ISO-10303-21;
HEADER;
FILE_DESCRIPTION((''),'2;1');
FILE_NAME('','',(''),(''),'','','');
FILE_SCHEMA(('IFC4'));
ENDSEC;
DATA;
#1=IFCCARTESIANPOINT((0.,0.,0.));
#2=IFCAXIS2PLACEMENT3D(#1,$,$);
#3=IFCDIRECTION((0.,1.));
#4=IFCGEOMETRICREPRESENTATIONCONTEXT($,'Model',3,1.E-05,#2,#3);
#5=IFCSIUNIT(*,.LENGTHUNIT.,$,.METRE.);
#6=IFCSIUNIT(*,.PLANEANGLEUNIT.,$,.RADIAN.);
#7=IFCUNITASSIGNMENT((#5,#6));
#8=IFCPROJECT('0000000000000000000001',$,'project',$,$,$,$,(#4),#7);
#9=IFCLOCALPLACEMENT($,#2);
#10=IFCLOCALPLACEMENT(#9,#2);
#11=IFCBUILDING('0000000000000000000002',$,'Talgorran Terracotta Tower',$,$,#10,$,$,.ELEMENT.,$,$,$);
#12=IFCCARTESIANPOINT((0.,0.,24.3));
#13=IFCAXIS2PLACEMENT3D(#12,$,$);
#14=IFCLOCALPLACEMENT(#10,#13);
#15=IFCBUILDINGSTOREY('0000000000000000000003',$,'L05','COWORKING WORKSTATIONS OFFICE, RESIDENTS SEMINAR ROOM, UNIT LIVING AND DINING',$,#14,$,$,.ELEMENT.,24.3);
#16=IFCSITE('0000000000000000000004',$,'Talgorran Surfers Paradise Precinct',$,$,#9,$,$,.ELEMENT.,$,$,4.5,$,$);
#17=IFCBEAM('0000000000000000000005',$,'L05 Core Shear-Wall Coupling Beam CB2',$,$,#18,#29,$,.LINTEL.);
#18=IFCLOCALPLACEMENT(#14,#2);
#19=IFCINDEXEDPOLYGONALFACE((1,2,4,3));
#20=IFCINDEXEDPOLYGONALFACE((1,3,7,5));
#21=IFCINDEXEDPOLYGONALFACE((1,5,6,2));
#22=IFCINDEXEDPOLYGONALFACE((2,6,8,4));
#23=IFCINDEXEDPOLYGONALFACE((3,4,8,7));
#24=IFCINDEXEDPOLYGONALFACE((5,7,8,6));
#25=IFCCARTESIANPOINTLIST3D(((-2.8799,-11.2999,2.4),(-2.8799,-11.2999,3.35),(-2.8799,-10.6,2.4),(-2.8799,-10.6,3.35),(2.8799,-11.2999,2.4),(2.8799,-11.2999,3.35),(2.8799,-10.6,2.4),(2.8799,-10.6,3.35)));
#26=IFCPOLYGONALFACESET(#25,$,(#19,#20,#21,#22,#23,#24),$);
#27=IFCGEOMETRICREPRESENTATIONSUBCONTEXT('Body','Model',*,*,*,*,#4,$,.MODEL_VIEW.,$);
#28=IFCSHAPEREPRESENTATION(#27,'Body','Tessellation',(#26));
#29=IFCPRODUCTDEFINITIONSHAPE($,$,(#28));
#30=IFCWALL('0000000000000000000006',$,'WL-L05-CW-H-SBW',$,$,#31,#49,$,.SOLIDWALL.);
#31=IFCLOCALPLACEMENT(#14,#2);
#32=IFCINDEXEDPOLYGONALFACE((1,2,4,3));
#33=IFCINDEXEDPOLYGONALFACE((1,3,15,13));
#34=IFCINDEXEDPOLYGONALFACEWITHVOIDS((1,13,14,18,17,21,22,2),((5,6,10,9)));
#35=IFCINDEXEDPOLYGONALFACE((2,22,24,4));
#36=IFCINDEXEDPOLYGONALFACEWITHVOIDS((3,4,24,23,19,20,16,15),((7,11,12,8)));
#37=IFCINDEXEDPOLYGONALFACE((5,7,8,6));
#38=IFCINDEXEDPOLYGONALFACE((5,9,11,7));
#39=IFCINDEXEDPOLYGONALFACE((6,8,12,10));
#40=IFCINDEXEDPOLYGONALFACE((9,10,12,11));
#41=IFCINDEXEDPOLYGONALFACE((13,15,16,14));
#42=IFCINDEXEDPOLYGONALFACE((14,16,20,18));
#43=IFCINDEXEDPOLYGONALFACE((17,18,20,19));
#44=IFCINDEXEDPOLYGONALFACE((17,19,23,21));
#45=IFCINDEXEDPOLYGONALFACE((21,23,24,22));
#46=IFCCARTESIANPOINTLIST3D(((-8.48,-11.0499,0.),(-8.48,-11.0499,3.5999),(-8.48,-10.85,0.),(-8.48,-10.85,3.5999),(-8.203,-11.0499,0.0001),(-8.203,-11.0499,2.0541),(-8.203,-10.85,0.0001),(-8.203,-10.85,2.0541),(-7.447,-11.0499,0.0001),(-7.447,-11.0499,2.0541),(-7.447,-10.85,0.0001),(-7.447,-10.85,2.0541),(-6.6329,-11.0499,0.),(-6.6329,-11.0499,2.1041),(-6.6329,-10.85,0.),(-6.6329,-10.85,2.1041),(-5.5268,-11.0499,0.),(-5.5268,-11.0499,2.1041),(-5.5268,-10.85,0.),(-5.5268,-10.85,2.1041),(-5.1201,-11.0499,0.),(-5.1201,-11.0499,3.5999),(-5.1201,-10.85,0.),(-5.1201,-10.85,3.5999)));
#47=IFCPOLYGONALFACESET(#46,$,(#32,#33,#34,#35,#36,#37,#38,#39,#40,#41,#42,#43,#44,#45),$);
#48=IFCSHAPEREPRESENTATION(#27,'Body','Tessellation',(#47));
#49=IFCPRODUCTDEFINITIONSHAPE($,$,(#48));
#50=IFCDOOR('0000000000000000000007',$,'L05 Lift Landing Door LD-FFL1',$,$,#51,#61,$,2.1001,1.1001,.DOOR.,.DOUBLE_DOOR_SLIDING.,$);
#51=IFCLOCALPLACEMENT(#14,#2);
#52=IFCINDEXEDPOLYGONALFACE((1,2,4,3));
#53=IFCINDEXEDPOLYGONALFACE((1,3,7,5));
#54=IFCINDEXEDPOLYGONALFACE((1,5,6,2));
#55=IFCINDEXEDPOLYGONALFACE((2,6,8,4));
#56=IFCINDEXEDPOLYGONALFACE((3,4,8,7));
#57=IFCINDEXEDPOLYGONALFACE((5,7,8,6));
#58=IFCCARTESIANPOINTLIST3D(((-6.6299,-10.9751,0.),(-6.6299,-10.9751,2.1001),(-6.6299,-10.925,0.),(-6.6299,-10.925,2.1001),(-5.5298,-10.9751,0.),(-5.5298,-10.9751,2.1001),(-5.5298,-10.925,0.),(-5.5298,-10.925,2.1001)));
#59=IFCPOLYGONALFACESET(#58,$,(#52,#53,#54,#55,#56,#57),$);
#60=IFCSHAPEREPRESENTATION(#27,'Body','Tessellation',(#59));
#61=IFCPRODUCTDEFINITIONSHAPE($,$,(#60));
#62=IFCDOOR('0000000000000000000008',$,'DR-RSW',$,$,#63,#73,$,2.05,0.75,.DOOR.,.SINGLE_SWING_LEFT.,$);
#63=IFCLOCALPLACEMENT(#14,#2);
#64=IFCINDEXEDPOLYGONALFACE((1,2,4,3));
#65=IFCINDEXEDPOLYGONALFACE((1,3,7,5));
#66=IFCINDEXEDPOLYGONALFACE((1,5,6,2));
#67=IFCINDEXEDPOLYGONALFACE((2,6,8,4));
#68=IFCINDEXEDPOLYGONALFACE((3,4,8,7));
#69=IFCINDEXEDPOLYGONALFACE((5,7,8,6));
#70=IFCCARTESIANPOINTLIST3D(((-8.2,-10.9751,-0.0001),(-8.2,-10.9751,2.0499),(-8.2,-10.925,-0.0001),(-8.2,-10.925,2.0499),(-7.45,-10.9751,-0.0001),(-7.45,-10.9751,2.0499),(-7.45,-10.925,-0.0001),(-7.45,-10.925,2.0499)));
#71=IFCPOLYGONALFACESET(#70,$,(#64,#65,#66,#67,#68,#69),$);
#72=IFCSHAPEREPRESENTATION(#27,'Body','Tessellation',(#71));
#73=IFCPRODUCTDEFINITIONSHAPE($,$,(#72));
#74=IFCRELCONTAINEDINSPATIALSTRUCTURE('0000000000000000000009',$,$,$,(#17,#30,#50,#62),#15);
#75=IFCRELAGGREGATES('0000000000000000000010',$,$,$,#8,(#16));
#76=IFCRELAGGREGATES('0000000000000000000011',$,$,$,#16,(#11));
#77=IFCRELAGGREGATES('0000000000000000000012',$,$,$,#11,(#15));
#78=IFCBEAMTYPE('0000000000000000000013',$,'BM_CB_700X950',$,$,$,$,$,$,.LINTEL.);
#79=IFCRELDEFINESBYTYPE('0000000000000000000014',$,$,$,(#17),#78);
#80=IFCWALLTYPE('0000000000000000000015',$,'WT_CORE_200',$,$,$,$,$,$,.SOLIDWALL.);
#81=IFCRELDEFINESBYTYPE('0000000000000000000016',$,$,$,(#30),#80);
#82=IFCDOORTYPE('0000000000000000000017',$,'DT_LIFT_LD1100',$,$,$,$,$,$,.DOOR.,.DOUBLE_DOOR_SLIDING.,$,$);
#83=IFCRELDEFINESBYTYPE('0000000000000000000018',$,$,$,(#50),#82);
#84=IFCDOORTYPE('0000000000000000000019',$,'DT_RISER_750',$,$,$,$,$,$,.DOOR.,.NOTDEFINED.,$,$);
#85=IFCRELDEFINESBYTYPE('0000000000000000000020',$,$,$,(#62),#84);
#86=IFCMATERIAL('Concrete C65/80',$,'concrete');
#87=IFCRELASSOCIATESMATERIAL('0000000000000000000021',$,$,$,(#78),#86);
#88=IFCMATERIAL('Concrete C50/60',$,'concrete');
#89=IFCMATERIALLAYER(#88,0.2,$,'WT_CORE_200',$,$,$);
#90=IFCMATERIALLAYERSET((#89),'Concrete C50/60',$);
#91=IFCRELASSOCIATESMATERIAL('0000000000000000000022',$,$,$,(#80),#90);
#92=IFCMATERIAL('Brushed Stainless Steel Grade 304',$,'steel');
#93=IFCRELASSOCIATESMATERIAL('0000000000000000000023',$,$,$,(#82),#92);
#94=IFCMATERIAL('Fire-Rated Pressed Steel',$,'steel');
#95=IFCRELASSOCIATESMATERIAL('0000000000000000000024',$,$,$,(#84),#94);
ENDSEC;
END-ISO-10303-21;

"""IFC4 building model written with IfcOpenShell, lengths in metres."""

from ifc_helpers import new_model, si_unit, direction, frame, frame_2d, origin, origin_2d, place, context, subcontext, project, spatial, rectangle, extrude, material, layer, layer_set, material_profile, profile_set, type_object, element, fill, save


model = new_model("IFC4")

# Units and contexts
model_context = context("Model", 3, precision=1e-05, world=origin(), true_north=direction((0.0, 1.0)))
body_context = subcontext(model_context, "Body", "Model", "MODEL_VIEW")
ifc_project = project(units=[si_unit("LENGTHUNIT", "METRE"), si_unit("PLANEANGLEUNIT", "RADIAN")], contexts=[model_context])

# Site, building, storey
site_placement = place(None, origin())
site = spatial("IfcSite", under=ifc_project, at=site_placement, Name="Talgorran Surfers Paradise Precinct", CompositionType="ELEMENT", RefElevation=4.5)
building_placement = place(site_placement, origin())
building = spatial("IfcBuilding", under=site, at=building_placement, Name="Talgorran Terracotta Tower", CompositionType="ELEMENT")
storey_placement = place(building_placement, frame((0.0, 0.0, 24.3)))
storey = spatial("IfcBuildingStorey", under=building, at=storey_placement, Name="L05", Description="COWORKING WORKSTATIONS OFFICE, RESIDENTS SEMINAR ROOM, UNIT LIVING AND DINING", CompositionType="ELEMENT", Elevation=24.3)

# Beam
ifc_material_1 = material(Name="Concrete C65/80", Category="concrete")
ifc_material_profile = material_profile(ifc_material_1, rectangle(XDim=0.7, YDim=0.95, at=origin_2d()), Name="RCCB700X950")
ifc_profile_set = profile_set([ifc_material_profile], Name="Concrete C65/80")
beam_type = type_object("IfcBeamType", Name="BM_CB_700X950", PredefinedType="LINTEL", material=ifc_profile_set)
beam_placement = place(storey_placement, frame((-2.8799, -10.95, 2.875), z_axis=(1.0, 0.0, 0.0), x_axis=(0.0, 1.0, 0.0)))
element("IfcBeam", 1, at=beam_placement, inside=storey, type_object=beam_type, Name="L05 Core Shear-Wall Coupling Beam CB2", PredefinedType="LINTEL", context=body_context, shape_type="SweptSolid", body=[
    extrude(rectangle(XDim=0.7, YDim=0.95, at=origin_2d()), origin(), (0.0, 0.0, 1.0), 5.7598),
])

# Wall, openings, doors
ifc_material_2 = material(Name="Concrete C50/60", Category="concrete")
ifc_layer_1 = layer(ifc_material_2, 0.2, Name="WT_CORE_200")
ifc_layer_set_1 = layer_set([ifc_layer_1], Name="Concrete C50/60")
wall_type_1 = type_object("IfcWallType", Name="WT_CORE_200", PredefinedType="SOLIDWALL", material=ifc_layer_set_1)
wall_1_placement = place(storey_placement, frame((-8.48, -10.95, 0.0), z_axis=(0.0, 0.0, 1.0), x_axis=(1.0, 0.0, 0.0)))
wall_1 = element("IfcWall", 2, at=wall_1_placement, inside=storey, type_object=wall_type_1, Name="WL-L05-CW-H-SBW", PredefinedType="SOLIDWALL", context=body_context, shape_type="SweptSolid", body=[
    extrude(rectangle(XDim=3.3599, YDim=0.2, at=frame_2d((1.6799, 0.0))), origin(), (0.0, 0.0, 1.0), 3.5999),
])
opening_1_placement = place(wall_1_placement, frame((0.28, 0.0, 0.0)))
opening_1 = element("IfcOpeningElement", 3, at=opening_1_placement, cuts=wall_1, PredefinedType="OPENING", context=body_context, shape_type="SweptSolid", body=[
    extrude(rectangle(XDim=0.756, YDim=2.054, at=frame_2d((0.375, 1.0271))), frame((0.0, 0.1099, 0.0), z_axis=(0.0, -1.0, 0.0), x_axis=(1.0, 0.0, 0.0)), (0.0, 0.0, 1.0), 0.22),
])
opening_2_placement = place(wall_1_placement, frame((1.8501, 0.0, 0.0)))
opening_2 = element("IfcOpeningElement", 4, at=opening_2_placement, cuts=wall_1, PredefinedType="OPENING", context=body_context, shape_type="SweptSolid", body=[
    extrude(rectangle(XDim=1.1061, YDim=2.1041, at=frame_2d((0.55, 1.052))), frame((0.0, 0.1099, 0.0), z_axis=(0.0, -1.0, 0.0), x_axis=(1.0, 0.0, 0.0)), (0.0, 0.0, 1.0), 0.22),
])
ifc_material_3 = material(Name="Brushed Stainless Steel Grade 304", Category="steel")
door_type_1 = type_object("IfcDoorType", Name="DT_LIFT_LD1100", OperationType="DOUBLE_DOOR_SLIDING", PredefinedType="DOOR", material=ifc_material_3)
door_1_placement = place(opening_2_placement, origin())
door_1 = element("IfcDoor", 5, at=door_1_placement, inside=storey, type_object=door_type_1, Name="L05 Lift Landing Door LD-FFL1", OperationType="DOUBLE_DOOR_SLIDING", OverallHeight=2.1001, OverallWidth=1.1001, PredefinedType="DOOR", context=body_context, shape_type="SweptSolid", body=[
    extrude(rectangle(XDim=1.1001, YDim=2.1001, at=frame_2d((0.55, 1.05))), frame((0.0, 0.0249, 0.0), z_axis=(0.0, -1.0, 0.0), x_axis=(1.0, 0.0, 0.0)), (0.0, 0.0, 1.0), 0.05),
])
fill(opening_2, door_1)
ifc_material_4 = material(Name="Fire-Rated Pressed Steel", Category="steel")
door_type_2 = type_object("IfcDoorType", Name="DT_RISER_750", OperationType="NOTDEFINED", PredefinedType="DOOR", material=ifc_material_4)
door_2_placement = place(opening_1_placement, origin())
door_2 = element("IfcDoor", 6, at=door_2_placement, inside=storey, type_object=door_type_2, Name="DR-RSW", OperationType="SINGLE_SWING_LEFT", OverallHeight=2.05, OverallWidth=0.75, PredefinedType="DOOR", context=body_context, shape_type="SweptSolid", body=[
    extrude(rectangle(XDim=0.75, YDim=2.05, at=frame_2d((0.375, 1.0249))), frame((0.0, 0.0249, 0.0), z_axis=(0.0, -1.0, 0.0), x_axis=(1.0, 0.0, 0.0)), (0.0, 0.0, 1.0), 0.05),
])
fill(opening_1, door_2)

save(model, "model.ifc")
